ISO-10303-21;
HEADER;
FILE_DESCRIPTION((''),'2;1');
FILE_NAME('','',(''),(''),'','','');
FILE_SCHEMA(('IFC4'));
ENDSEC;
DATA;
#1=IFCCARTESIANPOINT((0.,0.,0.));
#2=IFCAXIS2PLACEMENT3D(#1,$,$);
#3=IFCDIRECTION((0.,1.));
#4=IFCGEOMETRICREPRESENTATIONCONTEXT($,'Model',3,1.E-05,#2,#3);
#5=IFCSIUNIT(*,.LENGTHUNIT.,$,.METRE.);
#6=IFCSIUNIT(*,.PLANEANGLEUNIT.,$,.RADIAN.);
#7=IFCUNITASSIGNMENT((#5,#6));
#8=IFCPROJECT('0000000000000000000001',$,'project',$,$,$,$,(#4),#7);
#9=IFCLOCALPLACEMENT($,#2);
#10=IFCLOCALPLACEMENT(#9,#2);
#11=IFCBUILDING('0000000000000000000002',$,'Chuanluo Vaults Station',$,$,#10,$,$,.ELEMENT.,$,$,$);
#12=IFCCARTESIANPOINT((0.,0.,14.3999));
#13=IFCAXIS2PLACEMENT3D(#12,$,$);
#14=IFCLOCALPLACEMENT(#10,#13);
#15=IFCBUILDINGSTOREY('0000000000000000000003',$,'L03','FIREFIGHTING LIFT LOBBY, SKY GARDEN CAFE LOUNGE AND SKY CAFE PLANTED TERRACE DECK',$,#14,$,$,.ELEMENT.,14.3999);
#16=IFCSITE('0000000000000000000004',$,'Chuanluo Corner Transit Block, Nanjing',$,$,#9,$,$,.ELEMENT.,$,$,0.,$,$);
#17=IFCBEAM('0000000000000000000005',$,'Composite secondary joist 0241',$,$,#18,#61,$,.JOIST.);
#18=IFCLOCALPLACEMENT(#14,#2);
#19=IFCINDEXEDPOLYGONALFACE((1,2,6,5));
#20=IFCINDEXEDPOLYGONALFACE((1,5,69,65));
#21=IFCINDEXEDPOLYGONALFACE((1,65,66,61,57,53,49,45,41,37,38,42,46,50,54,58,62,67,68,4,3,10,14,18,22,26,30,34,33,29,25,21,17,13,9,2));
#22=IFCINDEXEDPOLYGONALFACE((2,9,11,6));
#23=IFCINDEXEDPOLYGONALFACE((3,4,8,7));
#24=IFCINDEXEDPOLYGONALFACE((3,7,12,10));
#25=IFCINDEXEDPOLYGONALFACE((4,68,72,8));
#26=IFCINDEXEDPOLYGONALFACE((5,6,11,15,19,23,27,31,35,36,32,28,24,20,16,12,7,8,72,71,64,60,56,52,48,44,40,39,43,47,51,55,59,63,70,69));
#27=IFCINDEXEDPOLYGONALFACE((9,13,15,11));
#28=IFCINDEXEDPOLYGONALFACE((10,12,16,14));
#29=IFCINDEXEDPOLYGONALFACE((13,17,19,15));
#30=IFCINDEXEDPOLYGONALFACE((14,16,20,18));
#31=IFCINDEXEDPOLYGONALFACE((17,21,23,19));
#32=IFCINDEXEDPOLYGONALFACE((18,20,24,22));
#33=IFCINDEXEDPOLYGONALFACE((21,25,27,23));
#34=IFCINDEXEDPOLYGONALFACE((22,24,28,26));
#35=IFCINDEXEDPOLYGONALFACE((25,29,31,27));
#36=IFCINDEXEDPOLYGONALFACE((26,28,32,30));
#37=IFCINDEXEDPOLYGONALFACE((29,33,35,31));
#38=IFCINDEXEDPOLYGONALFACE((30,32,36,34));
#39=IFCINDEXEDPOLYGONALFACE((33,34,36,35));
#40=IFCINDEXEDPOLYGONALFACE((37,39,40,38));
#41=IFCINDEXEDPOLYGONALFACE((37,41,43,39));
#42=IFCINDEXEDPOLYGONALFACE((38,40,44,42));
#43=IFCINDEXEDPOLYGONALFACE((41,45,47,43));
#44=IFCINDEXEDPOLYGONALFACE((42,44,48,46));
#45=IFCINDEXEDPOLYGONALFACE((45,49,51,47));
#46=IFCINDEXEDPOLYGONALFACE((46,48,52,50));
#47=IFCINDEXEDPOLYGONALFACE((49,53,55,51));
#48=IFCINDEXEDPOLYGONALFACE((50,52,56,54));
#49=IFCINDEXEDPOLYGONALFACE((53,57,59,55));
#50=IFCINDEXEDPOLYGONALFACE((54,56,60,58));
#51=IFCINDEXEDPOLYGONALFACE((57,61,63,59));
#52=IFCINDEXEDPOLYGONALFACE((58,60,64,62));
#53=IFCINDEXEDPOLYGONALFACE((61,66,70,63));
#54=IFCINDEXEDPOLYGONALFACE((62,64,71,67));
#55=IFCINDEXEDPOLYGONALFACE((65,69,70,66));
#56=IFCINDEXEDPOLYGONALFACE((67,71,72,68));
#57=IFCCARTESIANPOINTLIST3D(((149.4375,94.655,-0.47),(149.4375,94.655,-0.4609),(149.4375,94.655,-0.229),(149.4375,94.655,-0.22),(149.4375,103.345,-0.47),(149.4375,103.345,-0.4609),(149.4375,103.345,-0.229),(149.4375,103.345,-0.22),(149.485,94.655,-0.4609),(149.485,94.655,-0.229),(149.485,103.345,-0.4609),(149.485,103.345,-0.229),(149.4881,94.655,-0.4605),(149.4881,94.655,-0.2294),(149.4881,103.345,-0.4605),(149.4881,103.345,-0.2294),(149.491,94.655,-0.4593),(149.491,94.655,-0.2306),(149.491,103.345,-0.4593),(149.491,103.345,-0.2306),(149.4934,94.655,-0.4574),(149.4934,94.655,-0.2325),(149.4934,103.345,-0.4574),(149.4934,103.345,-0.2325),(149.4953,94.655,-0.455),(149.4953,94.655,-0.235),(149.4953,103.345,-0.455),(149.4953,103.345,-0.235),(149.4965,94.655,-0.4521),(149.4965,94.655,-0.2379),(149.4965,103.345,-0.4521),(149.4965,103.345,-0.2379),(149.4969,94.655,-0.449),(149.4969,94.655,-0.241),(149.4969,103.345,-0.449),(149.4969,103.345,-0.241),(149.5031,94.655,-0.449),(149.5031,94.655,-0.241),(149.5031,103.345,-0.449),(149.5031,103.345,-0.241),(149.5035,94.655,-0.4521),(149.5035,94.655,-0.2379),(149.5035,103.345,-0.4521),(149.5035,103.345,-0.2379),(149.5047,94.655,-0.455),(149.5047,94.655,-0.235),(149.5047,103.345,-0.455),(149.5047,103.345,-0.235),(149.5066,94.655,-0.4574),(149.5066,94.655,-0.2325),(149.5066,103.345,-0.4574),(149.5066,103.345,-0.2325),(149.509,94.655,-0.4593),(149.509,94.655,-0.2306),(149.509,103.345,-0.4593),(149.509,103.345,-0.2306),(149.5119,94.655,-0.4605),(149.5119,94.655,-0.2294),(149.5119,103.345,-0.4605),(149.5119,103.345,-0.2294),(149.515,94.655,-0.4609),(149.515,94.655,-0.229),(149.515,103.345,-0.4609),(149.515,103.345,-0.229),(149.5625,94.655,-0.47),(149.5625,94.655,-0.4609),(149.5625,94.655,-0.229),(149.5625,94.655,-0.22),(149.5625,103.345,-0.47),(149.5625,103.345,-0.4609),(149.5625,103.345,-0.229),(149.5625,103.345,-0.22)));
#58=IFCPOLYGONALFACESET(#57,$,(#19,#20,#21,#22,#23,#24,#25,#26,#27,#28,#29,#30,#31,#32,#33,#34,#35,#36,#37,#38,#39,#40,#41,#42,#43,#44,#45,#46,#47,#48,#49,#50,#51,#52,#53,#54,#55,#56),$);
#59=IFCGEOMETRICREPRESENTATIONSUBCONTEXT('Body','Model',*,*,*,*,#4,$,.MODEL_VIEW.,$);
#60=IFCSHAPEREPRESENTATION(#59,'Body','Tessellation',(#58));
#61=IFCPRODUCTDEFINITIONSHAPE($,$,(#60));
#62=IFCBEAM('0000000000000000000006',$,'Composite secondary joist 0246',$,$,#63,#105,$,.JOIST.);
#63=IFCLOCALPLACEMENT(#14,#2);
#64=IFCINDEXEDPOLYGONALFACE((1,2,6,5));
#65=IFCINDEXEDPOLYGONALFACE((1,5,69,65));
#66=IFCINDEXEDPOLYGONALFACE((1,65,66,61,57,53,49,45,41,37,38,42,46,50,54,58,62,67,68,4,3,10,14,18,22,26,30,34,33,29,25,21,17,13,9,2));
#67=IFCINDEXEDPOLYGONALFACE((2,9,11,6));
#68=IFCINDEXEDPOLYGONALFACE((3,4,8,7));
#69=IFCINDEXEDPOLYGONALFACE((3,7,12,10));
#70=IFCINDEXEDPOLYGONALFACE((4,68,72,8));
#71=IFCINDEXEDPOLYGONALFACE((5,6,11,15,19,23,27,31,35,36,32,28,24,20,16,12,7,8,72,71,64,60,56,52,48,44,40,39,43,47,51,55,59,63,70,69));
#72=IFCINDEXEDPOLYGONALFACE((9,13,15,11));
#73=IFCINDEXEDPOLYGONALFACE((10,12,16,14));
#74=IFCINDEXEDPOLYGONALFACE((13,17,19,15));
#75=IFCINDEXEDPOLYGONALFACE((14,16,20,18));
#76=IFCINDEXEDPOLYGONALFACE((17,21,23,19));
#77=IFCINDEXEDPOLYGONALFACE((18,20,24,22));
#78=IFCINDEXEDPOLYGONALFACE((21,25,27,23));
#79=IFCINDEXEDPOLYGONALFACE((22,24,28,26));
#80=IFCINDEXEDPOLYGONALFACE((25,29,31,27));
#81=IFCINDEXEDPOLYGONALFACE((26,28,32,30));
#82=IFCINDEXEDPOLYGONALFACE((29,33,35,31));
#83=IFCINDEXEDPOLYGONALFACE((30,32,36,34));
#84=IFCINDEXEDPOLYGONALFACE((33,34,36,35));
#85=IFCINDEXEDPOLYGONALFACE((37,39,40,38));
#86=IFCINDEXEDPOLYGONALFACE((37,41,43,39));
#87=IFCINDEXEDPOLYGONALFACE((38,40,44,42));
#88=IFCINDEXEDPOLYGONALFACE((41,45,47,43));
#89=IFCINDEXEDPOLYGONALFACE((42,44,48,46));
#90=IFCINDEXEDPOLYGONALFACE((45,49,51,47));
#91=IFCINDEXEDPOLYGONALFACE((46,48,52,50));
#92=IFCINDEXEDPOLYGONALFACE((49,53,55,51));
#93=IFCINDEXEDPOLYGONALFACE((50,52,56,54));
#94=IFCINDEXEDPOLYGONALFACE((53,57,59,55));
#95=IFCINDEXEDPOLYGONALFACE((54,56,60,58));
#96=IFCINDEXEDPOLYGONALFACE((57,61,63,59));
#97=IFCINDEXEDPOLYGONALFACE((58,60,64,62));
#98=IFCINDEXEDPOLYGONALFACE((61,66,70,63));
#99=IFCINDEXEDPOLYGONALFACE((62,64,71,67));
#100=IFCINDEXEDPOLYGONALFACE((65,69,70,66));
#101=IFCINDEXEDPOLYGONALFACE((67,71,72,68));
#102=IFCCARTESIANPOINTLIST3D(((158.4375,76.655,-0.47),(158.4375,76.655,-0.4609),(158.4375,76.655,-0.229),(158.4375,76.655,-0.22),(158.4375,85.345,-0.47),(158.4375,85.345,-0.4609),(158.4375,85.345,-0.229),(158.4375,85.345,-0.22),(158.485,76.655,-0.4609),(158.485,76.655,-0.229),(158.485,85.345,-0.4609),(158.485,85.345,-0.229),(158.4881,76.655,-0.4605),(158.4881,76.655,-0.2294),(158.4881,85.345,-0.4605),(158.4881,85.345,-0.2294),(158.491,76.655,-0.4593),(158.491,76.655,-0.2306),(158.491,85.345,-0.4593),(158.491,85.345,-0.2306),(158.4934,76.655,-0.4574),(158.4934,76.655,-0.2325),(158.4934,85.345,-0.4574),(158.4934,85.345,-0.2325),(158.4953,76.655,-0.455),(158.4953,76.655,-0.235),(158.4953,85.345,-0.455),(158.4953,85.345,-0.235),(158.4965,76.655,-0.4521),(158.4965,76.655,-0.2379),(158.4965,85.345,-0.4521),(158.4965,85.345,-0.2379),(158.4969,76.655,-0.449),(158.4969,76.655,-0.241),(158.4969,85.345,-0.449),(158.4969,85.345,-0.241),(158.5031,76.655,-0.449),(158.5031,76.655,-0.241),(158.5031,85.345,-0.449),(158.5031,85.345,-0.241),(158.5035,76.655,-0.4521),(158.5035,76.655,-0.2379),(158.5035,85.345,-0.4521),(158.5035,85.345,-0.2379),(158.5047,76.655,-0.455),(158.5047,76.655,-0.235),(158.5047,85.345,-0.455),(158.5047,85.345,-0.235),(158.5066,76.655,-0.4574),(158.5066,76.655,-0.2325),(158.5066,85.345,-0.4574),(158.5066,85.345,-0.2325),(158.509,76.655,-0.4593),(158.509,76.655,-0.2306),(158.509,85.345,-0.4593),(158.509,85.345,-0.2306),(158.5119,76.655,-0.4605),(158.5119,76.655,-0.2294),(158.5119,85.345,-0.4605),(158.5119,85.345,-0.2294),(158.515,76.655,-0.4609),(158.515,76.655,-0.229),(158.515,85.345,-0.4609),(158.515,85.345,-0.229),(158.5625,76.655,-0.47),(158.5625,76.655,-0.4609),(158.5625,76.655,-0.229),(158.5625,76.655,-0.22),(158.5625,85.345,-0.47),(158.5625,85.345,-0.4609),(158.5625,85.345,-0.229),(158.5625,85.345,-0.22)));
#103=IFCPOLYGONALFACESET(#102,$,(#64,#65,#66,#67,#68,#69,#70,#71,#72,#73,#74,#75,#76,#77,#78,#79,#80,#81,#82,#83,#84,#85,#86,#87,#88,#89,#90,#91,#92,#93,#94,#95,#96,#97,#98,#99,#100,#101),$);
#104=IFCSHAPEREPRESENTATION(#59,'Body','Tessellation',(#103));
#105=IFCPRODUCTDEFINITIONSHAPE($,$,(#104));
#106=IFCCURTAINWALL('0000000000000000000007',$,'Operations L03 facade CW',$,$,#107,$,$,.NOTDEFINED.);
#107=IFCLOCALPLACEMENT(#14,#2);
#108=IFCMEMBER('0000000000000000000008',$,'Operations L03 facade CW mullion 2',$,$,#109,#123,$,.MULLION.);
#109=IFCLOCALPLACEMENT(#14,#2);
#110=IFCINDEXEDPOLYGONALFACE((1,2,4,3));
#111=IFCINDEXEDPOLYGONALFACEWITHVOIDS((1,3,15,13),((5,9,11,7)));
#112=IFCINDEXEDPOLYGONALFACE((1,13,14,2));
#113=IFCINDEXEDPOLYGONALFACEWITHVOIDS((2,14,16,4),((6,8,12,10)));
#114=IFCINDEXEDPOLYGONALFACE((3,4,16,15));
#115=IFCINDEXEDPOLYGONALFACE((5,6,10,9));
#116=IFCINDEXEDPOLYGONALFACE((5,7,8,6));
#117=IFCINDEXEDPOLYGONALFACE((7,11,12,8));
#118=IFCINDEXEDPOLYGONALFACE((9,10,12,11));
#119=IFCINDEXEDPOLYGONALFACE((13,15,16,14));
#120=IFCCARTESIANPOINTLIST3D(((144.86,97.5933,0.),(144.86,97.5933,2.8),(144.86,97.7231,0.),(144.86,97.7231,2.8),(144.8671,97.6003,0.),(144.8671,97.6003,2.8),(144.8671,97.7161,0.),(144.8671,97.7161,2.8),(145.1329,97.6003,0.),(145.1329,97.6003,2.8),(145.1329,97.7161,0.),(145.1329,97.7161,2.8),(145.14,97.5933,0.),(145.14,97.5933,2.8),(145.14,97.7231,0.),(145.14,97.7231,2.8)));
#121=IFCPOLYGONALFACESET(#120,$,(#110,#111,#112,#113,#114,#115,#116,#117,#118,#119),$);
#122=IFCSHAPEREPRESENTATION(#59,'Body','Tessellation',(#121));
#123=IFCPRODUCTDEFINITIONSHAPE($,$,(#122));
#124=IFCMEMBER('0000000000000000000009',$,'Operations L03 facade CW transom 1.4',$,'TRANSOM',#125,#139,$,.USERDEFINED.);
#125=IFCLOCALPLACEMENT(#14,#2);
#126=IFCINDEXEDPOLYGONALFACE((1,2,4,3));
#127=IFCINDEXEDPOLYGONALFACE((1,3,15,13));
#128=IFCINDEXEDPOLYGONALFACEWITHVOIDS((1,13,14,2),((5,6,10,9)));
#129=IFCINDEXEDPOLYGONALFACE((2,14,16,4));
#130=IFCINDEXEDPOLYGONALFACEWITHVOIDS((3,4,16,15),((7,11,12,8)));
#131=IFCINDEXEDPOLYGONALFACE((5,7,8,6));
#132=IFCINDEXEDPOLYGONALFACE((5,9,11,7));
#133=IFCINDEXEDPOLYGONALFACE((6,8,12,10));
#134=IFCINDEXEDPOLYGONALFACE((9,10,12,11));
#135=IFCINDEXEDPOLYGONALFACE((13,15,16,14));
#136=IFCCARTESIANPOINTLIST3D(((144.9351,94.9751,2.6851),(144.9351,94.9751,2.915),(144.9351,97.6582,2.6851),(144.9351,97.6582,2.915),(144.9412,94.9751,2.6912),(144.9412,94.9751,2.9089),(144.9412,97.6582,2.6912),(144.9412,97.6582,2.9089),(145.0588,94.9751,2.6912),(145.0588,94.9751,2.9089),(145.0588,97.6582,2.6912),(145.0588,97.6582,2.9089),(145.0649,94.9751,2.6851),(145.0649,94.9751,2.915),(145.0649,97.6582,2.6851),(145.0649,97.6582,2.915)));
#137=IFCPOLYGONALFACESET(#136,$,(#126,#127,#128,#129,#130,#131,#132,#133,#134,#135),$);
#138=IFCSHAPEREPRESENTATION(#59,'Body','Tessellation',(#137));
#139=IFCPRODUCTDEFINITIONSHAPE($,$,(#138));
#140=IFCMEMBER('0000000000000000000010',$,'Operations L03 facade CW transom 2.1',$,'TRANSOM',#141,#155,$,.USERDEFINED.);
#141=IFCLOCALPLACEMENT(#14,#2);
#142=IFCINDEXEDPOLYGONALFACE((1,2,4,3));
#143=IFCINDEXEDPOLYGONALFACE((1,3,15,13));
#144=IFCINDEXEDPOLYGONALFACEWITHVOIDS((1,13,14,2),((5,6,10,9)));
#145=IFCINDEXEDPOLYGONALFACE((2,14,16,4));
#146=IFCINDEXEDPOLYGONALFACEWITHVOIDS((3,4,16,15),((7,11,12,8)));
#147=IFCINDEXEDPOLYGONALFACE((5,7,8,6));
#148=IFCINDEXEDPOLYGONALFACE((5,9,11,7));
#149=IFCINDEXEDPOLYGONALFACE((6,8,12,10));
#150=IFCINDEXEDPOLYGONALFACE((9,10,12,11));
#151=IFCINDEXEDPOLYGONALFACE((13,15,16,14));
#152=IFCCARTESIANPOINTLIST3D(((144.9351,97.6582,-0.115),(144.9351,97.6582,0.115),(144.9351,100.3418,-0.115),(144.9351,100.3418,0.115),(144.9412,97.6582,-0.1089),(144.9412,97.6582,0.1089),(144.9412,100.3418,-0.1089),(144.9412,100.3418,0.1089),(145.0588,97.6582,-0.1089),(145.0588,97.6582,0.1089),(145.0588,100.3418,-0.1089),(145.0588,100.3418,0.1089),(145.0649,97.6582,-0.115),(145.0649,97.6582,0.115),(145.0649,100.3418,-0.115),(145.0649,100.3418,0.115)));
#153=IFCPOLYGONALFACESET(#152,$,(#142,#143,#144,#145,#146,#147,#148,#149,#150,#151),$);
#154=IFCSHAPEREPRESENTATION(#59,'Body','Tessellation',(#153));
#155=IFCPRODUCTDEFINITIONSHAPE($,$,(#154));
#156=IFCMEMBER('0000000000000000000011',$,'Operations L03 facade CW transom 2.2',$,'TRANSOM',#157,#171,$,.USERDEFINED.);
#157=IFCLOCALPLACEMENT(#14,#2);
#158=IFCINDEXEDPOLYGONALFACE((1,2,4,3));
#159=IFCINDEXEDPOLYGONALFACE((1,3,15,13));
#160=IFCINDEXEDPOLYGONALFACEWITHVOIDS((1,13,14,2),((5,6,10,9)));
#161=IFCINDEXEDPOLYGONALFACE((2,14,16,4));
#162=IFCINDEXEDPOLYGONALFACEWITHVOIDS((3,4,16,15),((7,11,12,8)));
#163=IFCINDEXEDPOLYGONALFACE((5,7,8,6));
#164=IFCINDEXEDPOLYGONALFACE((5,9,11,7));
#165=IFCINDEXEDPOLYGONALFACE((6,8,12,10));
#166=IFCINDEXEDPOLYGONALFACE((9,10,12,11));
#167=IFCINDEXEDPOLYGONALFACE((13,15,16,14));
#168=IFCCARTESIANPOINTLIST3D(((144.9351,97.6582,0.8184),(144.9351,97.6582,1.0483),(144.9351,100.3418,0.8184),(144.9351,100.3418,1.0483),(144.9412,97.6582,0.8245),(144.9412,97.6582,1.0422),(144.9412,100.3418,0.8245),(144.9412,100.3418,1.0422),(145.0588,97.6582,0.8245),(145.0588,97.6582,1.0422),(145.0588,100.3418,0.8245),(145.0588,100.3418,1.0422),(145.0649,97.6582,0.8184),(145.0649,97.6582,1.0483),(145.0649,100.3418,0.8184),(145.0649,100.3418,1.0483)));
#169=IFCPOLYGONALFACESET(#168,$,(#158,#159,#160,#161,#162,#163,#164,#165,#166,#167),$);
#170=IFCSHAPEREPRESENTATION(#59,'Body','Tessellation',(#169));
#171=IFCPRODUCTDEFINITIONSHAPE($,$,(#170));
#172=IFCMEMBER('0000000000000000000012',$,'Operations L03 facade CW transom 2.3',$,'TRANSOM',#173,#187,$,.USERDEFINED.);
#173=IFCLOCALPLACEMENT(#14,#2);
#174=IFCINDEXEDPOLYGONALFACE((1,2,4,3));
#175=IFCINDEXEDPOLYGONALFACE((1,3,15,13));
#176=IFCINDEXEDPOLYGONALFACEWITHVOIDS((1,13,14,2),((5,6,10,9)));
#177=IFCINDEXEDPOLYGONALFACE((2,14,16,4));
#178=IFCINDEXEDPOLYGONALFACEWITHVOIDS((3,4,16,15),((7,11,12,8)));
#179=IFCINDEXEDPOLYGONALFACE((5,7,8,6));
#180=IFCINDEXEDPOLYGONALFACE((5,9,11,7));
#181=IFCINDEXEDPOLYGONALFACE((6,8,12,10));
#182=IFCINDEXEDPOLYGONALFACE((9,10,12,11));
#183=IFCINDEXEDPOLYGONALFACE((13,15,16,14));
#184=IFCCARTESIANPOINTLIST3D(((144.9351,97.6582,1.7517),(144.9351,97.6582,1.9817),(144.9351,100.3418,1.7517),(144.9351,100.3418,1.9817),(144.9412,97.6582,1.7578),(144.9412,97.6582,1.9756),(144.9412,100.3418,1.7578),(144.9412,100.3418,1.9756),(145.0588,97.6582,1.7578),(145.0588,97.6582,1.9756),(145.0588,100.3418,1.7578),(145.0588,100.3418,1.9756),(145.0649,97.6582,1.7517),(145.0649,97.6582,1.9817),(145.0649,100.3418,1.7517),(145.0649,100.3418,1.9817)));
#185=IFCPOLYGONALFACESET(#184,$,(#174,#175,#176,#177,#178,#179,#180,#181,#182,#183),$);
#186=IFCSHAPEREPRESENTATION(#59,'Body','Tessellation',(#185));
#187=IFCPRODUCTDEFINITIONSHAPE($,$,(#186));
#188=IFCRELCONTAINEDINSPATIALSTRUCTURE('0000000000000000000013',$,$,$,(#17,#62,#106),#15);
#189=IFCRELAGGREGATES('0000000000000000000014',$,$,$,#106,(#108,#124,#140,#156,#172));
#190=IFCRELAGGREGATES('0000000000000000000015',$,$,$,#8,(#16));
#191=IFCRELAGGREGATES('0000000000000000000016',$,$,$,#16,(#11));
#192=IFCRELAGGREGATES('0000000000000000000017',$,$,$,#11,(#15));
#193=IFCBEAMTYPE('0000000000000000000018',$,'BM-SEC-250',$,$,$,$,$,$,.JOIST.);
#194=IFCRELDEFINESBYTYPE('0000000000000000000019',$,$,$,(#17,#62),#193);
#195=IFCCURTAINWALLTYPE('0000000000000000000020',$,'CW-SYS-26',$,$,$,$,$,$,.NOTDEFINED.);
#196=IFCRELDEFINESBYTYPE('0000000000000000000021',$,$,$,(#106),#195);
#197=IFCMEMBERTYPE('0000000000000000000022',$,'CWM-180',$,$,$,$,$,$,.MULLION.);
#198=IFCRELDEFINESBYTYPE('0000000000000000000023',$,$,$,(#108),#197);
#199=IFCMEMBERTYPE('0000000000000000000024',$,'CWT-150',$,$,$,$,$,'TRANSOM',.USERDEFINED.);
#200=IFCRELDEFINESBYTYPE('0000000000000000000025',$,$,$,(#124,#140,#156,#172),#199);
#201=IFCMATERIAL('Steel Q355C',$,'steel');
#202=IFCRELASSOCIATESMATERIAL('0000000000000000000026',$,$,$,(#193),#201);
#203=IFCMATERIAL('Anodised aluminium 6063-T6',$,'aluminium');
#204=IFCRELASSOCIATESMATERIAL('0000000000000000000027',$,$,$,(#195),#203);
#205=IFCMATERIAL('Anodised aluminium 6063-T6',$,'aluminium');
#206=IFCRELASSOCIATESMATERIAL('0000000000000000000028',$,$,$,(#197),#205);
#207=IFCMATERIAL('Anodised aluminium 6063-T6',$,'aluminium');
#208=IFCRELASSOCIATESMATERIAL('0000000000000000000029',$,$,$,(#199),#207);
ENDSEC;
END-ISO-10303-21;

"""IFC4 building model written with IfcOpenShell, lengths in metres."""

from ifc_helpers import new_model, si_unit, direction, frame, origin, origin_2d, place, context, subcontext, project, spatial, hollow_rectangle, i_section, extrude, material, material_profile, profile_set, type_object, element, aggregate, save


model = new_model("IFC4")

# Units and contexts
model_context = context("Model", 3, precision=1e-05, world=origin(), true_north=direction((0.0, 1.0)))
body_context = subcontext(model_context, "Body", "Model", "MODEL_VIEW")
ifc_project = project(units=[si_unit("LENGTHUNIT", "METRE"), si_unit("PLANEANGLEUNIT", "RADIAN")], contexts=[model_context])

# Site, building, storey
site_placement = place(None, origin())
site = spatial("IfcSite", under=ifc_project, at=site_placement, Name="Chuanluo Corner Transit Block, Nanjing", CompositionType="ELEMENT", RefElevation=0.0)
building_placement = place(site_placement, origin())
building = spatial("IfcBuilding", under=site, at=building_placement, Name="Chuanluo Vaults Station", CompositionType="ELEMENT")
storey_placement = place(building_placement, frame((0.0, 0.0, 14.3999)))
storey = spatial("IfcBuildingStorey", under=building, at=storey_placement, Name="L03", Description="FIREFIGHTING LIFT LOBBY, SKY GARDEN CAFE LOUNGE AND SKY CAFE PLANTED TERRACE DECK", CompositionType="ELEMENT", Elevation=14.3999)

# Beams
ifc_material_1 = material(Name="Steel Q355C", Category="steel")
ifc_material_profile_1 = material_profile(ifc_material_1, i_section(OverallWidth=0.125, OverallDepth=0.25, WebThickness=0.0061, FlangeThickness=0.009, FilletRadius=0.012, at=origin_2d()))
ifc_profile_set_1 = profile_set([ifc_material_profile_1], Name="Steel Q355C")
beam_type_1 = type_object("IfcBeamType", Name="BM-SEC-250", PredefinedType="JOIST", material=ifc_profile_set_1)
for number, where, z_axis, x_axis, name in (
    (1, (149.5, 94.655, -0.345), (0.0, 1.0, 0.0), (-1.0, 0.0, 0.0), "Composite secondary joist 0241"),
    (2, (158.5, 76.655, -0.345), (0.0, 1.0, 0.0), (-1.0, 0.0, 0.0), "Composite secondary joist 0246"),
):
    element("IfcBeam", number, at=place(storey_placement, frame(where, z_axis=z_axis, x_axis=x_axis)), inside=storey, type_object=beam_type_1, Name=name, PredefinedType="JOIST", context=body_context, shape_type="SweptSolid", body=[
        extrude(i_section(OverallWidth=0.125, OverallDepth=0.25, WebThickness=0.0061, FlangeThickness=0.009, FilletRadius=0.012, at=origin_2d()), origin(), (0.0, 0.0, 1.0), 8.6899),
    ])

# Curtain wall, members
ifc_material_2 = material(Name="Anodised aluminium 6063-T6", Category="aluminium")
curtain_wall_type = type_object("IfcCurtainWallType", Name="CW-SYS-26", PredefinedType="NOTDEFINED", material=ifc_material_2)
curtain_wall_placement = place(storey_placement, origin())
curtain_wall = element("IfcCurtainWall", 3, at=curtain_wall_placement, inside=storey, type_object=curtain_wall_type, Name="Operations L03 facade CW", PredefinedType="NOTDEFINED")
ifc_material_3 = material(Name="Anodised aluminium 6063-T6", Category="aluminium")
ifc_material_profile_2 = material_profile(ifc_material_3, hollow_rectangle(XDim=0.1299, YDim=0.28, WallThickness=0.0071, at=origin_2d()))
ifc_profile_set_2 = profile_set([ifc_material_profile_2], Name="Anodised aluminium 6063-T6")
member_type_1 = type_object("IfcMemberType", Name="CWM-180", PredefinedType="MULLION", material=ifc_profile_set_2)
member_1_placement = place(storey_placement, frame((145.0, 97.6582, 0.0), z_axis=(0.0, 0.0, 1.0), x_axis=(0.0, 1.0, 0.0)))
member_1 = element("IfcMember", 4, at=member_1_placement, type_object=member_type_1, Name="Operations L03 facade CW mullion 2", PredefinedType="MULLION", context=body_context, shape_type="SweptSolid", body=[
    extrude(hollow_rectangle(XDim=0.1299, YDim=0.28, WallThickness=0.0071, at=origin_2d()), origin(), (0.0, 0.0, 1.0), 2.8),
])
ifc_material_4 = material(Name="Anodised aluminium 6063-T6", Category="aluminium")
ifc_material_profile_3 = material_profile(ifc_material_4, hollow_rectangle(XDim=0.1299, YDim=0.23, WallThickness=0.0061, at=origin_2d()))
ifc_profile_set_3 = profile_set([ifc_material_profile_3], Name="Anodised aluminium 6063-T6")
member_type_2 = type_object("IfcMemberType", Name="CWT-150", ElementType="TRANSOM", PredefinedType="USERDEFINED", material=ifc_profile_set_3)
member_2_placement = place(storey_placement, frame((145.0, 94.9751, 2.8), z_axis=(0.0, 1.0, 0.0), x_axis=(-1.0, 0.0, 0.0)))
member_2 = element("IfcMember", 5, at=member_2_placement, type_object=member_type_2, Name="Operations L03 facade CW transom 1.4", ObjectType="TRANSOM", PredefinedType="USERDEFINED", context=body_context, shape_type="SweptSolid", body=[
    extrude(hollow_rectangle(XDim=0.1299, YDim=0.23, WallThickness=0.0061, at=origin_2d()), origin(), (0.0, 0.0, 1.0), 2.6831),
])
member_3_placement = place(storey_placement, frame((145.0, 97.6582, 0.0), z_axis=(0.0, 1.0, 0.0), x_axis=(-1.0, 0.0, 0.0)))
member_3 = element("IfcMember", 6, at=member_3_placement, type_object=member_type_2, Name="Operations L03 facade CW transom 2.1", ObjectType="TRANSOM", PredefinedType="USERDEFINED", context=body_context, shape_type="SweptSolid", body=[
    extrude(hollow_rectangle(XDim=0.1299, YDim=0.23, WallThickness=0.0061, at=origin_2d()), origin(), (0.0, 0.0, 1.0), 2.6836),
])
member_4_placement = place(storey_placement, frame((145.0, 97.6582, 0.9333), z_axis=(0.0, 1.0, 0.0), x_axis=(-1.0, 0.0, 0.0)))
member_4 = element("IfcMember", 7, at=member_4_placement, type_object=member_type_2, Name="Operations L03 facade CW transom 2.2", ObjectType="TRANSOM", PredefinedType="USERDEFINED", context=body_context, shape_type="SweptSolid", body=[
    extrude(hollow_rectangle(XDim=0.1299, YDim=0.23, WallThickness=0.0061, at=origin_2d()), origin(), (0.0, 0.0, 1.0), 2.6836),
])
member_5_placement = place(storey_placement, frame((145.0, 97.6582, 1.8667), z_axis=(0.0, 1.0, 0.0), x_axis=(-1.0, 0.0, 0.0)))
member_5 = element("IfcMember", 8, at=member_5_placement, type_object=member_type_2, Name="Operations L03 facade CW transom 2.3", ObjectType="TRANSOM", PredefinedType="USERDEFINED", context=body_context, shape_type="SweptSolid", body=[
    extrude(hollow_rectangle(XDim=0.1299, YDim=0.23, WallThickness=0.0061, at=origin_2d()), origin(), (0.0, 0.0, 1.0), 2.6836),
])
aggregate(curtain_wall, [member_1, member_2, member_3, member_4, member_5])

save(model, "model.ifc")
